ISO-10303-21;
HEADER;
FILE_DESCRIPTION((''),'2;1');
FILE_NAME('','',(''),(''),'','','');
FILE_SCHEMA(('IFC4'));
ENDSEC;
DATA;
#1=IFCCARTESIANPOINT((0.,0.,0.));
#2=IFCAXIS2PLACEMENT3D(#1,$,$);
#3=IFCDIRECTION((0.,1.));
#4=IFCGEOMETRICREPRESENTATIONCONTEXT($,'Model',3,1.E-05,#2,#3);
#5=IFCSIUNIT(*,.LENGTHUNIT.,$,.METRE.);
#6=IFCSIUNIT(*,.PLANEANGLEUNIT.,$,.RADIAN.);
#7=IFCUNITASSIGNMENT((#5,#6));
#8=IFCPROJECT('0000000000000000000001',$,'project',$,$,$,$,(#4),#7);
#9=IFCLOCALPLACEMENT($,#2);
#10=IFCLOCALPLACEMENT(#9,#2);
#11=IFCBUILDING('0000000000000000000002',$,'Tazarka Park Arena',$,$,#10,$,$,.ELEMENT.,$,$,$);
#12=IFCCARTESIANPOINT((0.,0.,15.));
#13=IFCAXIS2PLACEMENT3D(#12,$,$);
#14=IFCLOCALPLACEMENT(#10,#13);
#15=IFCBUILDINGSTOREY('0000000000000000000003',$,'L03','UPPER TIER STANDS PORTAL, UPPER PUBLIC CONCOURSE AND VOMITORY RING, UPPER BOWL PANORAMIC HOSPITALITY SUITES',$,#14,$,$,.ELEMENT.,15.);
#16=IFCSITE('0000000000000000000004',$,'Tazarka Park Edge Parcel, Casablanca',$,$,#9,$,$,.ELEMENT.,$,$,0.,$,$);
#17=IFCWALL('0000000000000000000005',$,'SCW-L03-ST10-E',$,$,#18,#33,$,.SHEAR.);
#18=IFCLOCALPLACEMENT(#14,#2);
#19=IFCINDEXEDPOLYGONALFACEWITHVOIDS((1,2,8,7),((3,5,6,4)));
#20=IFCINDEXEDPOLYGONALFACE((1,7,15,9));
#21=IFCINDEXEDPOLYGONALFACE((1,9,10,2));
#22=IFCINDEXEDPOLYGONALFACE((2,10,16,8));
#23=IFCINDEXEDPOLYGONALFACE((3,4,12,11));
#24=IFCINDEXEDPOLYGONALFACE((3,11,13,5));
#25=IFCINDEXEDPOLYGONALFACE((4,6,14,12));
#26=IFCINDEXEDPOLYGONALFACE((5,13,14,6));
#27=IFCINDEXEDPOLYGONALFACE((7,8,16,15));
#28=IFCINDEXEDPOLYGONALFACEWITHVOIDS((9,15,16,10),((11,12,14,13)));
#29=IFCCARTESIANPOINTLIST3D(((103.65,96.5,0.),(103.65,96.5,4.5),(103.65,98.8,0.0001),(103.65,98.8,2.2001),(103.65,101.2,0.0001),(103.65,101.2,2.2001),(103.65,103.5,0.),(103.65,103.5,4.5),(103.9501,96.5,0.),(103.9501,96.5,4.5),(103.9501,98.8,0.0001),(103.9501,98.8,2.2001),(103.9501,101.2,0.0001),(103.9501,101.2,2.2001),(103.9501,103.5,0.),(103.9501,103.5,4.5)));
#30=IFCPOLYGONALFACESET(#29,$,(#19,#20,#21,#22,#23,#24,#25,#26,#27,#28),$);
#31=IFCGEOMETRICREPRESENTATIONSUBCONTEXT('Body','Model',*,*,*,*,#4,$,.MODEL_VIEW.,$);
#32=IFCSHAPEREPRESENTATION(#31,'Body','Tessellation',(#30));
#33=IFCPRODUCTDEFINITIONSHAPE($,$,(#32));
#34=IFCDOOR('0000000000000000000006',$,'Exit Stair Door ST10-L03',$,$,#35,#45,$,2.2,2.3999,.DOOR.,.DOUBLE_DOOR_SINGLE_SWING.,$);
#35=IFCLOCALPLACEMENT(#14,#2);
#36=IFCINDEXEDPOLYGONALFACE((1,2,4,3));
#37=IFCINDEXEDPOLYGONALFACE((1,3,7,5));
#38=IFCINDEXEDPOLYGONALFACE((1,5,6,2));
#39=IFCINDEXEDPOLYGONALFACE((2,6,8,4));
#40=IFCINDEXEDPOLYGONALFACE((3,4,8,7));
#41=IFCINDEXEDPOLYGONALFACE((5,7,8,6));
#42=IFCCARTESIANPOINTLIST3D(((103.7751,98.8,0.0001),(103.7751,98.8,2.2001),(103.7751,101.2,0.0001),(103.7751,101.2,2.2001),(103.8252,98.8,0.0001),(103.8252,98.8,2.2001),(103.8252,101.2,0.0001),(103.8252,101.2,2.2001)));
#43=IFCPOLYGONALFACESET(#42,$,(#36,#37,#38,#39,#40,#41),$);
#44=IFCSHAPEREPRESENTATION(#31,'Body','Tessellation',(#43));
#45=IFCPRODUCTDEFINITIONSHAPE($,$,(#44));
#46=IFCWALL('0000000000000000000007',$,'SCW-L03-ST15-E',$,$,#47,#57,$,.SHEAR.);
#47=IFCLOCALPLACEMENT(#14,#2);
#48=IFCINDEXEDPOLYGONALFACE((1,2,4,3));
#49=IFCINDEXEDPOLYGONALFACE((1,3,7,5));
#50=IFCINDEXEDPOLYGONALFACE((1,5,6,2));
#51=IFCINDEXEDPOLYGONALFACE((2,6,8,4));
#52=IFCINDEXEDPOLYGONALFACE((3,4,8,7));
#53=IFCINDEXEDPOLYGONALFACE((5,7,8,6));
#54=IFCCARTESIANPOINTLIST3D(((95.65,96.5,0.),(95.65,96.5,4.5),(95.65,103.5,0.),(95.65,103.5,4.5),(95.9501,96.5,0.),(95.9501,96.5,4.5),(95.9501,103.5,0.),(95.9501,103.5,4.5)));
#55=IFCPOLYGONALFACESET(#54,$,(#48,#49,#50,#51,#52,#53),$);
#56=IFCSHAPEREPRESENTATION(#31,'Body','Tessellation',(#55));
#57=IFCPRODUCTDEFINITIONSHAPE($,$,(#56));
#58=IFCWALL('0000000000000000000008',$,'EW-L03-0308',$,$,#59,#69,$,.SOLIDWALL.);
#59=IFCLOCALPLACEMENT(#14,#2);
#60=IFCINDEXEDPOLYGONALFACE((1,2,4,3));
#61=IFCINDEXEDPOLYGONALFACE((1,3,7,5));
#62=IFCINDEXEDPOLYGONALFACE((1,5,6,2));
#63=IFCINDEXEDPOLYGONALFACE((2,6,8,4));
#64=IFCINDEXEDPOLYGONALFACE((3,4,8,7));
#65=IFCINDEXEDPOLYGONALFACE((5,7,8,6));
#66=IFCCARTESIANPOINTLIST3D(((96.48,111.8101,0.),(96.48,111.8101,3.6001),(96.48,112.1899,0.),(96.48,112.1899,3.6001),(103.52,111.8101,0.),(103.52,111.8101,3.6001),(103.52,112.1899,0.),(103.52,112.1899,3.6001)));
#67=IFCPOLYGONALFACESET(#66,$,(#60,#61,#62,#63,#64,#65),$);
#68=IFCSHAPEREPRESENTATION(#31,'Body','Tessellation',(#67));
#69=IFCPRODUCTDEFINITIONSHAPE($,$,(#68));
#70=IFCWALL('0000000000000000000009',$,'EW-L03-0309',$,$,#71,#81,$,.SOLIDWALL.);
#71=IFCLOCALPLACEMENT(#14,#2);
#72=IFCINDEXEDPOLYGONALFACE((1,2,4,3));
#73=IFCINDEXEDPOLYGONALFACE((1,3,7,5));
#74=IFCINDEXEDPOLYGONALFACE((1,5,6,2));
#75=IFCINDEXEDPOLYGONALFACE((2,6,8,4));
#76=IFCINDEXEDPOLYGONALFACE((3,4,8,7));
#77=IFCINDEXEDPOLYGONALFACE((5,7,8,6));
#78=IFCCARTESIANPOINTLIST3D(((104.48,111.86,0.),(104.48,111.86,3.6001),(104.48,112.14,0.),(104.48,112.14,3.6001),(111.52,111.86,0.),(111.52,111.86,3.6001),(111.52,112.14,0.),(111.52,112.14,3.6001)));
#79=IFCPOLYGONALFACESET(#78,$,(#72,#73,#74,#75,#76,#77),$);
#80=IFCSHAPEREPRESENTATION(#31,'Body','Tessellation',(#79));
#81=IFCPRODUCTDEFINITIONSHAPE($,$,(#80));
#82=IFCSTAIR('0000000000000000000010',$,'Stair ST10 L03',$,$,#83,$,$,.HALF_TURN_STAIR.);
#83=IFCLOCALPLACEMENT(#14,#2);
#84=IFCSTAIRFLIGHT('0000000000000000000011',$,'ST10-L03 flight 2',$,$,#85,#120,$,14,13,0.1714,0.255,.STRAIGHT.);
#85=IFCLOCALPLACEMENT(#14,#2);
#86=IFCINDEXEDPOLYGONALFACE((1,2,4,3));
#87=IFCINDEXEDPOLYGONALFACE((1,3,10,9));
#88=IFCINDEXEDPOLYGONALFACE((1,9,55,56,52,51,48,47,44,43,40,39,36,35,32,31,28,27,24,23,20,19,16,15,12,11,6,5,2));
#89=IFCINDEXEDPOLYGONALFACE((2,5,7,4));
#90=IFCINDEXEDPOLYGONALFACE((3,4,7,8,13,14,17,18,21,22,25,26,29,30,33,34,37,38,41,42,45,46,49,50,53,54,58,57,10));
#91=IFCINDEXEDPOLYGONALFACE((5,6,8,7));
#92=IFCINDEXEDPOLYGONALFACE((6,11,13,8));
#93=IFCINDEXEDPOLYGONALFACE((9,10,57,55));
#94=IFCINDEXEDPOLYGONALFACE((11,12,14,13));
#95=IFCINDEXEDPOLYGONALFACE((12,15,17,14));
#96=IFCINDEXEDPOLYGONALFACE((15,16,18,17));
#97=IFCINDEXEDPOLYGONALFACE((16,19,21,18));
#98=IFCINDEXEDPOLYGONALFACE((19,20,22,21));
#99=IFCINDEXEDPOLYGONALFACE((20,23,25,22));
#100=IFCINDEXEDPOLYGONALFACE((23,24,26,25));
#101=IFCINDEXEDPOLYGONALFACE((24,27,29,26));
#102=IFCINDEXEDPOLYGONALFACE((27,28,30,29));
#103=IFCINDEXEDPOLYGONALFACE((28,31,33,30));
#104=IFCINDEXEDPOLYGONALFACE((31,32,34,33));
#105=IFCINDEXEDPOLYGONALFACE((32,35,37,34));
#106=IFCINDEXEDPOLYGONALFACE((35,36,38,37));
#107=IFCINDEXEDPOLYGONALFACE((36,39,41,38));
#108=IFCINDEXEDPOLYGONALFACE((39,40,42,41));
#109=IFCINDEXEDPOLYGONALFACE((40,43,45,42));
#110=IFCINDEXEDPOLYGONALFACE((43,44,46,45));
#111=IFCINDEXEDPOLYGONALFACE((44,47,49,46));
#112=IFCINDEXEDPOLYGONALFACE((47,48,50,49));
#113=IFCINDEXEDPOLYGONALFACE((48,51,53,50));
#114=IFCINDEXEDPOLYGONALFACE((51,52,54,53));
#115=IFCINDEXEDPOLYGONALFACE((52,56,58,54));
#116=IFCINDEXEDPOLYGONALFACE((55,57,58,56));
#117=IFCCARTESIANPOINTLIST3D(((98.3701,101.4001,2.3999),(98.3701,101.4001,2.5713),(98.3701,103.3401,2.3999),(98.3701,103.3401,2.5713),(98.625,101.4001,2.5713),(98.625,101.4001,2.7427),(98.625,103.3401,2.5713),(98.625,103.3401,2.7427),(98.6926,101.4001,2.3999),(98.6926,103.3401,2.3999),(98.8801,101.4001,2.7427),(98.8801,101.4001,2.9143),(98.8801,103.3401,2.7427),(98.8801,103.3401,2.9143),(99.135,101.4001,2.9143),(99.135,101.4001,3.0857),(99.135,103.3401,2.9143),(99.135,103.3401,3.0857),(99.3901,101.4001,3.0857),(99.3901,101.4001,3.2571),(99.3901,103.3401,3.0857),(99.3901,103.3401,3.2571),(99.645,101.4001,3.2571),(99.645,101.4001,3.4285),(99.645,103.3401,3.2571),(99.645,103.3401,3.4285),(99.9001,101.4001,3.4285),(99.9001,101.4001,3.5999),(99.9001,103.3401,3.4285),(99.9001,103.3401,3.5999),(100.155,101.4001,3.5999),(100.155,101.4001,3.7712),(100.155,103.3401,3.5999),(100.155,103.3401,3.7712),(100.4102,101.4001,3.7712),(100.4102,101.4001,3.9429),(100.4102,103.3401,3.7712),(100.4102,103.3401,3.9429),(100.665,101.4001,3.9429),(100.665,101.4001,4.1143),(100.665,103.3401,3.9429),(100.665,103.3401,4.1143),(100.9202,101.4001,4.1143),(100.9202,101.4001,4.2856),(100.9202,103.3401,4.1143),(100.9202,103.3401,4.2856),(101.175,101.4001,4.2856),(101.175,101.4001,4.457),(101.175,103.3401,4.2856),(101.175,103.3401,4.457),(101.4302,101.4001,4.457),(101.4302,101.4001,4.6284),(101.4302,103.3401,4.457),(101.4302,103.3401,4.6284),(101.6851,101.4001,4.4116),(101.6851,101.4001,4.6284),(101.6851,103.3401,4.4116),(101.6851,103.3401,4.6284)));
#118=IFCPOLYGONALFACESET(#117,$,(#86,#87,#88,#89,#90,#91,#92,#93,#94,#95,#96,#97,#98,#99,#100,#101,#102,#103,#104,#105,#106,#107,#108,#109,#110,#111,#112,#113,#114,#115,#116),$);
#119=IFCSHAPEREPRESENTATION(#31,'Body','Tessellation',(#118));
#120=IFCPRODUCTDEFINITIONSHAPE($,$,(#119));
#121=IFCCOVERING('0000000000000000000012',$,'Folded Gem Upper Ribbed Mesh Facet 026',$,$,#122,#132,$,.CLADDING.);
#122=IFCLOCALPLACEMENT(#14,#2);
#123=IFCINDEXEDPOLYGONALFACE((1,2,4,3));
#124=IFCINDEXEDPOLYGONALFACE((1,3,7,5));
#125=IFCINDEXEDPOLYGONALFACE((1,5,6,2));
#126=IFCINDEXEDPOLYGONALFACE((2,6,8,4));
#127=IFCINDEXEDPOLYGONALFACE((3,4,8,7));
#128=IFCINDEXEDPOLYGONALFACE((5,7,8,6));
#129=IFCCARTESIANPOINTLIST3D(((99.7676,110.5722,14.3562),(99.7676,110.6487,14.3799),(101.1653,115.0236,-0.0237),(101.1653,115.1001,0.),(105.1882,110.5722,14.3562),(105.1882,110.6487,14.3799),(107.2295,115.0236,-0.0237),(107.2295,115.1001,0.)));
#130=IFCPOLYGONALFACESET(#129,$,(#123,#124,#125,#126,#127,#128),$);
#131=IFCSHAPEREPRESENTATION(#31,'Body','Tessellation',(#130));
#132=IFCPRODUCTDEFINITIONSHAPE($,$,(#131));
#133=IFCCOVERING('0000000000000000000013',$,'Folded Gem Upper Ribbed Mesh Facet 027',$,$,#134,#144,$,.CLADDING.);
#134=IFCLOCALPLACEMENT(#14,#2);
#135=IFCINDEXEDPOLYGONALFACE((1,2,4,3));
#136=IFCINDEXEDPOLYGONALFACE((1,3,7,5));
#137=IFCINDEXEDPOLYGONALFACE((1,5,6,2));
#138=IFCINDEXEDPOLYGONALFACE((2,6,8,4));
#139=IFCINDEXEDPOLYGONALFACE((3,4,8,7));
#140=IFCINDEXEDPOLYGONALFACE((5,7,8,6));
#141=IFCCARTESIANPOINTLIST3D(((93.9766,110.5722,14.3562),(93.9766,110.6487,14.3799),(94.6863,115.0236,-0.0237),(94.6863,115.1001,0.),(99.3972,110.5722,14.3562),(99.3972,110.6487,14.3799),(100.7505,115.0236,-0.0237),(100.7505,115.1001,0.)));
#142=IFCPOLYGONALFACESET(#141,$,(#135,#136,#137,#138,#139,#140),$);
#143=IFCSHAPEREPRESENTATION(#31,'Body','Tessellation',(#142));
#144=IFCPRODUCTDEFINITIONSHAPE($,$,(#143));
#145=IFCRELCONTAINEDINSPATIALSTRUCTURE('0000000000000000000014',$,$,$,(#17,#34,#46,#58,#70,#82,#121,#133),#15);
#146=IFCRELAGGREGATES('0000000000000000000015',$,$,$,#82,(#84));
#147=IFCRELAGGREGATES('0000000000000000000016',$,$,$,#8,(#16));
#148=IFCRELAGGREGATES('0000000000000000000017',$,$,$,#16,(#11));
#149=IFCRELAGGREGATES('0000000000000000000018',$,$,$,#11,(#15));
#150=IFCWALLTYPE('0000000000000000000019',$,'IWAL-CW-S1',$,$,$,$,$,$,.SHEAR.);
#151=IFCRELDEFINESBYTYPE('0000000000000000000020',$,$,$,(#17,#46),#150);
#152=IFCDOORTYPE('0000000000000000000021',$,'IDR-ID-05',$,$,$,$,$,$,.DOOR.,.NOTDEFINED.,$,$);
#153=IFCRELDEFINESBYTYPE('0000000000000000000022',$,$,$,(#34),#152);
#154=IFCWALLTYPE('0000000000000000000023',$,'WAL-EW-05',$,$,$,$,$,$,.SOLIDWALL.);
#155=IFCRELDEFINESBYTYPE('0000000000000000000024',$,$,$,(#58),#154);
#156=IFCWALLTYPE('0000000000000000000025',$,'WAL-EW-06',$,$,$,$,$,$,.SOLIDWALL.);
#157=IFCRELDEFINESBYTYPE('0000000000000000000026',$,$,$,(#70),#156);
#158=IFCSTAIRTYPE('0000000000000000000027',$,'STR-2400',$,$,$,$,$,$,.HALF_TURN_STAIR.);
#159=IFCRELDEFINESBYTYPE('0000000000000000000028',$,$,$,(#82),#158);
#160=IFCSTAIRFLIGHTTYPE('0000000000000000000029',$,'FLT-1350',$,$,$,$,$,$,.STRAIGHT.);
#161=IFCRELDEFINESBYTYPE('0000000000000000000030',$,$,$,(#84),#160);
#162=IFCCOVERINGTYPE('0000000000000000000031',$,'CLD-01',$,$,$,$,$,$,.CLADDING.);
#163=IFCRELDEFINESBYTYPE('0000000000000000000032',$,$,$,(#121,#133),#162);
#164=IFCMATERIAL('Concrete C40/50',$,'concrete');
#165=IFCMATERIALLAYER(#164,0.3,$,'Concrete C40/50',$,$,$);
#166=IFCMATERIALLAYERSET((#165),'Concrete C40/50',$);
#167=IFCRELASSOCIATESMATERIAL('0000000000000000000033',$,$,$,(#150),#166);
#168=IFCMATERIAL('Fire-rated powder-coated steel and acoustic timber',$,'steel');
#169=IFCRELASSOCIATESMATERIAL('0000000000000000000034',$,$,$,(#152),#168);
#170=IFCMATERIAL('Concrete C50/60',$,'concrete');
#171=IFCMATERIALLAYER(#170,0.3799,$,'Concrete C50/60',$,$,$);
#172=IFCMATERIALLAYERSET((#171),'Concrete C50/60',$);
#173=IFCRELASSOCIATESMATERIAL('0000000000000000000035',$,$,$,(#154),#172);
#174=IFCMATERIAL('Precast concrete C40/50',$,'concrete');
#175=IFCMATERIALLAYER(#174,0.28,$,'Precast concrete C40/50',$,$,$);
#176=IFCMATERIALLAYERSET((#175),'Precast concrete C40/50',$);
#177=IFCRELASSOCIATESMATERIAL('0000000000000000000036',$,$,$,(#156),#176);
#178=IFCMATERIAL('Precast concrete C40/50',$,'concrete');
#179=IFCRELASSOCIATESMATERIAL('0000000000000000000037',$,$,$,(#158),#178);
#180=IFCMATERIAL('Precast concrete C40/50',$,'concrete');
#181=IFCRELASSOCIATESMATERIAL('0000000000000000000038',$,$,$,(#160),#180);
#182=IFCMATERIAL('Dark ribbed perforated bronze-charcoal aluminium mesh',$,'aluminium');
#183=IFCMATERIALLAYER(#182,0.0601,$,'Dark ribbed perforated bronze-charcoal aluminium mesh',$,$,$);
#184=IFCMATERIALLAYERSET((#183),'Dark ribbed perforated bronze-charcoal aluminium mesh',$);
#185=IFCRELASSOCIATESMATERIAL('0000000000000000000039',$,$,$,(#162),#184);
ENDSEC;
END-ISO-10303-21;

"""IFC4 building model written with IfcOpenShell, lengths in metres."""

from ifc_helpers import new_model, si_unit, direction, frame, frame_2d, origin, place, context, subcontext, project, spatial, polyline, rectangle, outline, extrude, material, layer, layer_set, type_object, element, fill, aggregate, save


model = new_model("IFC4")

# Units and contexts
model_context = context("Model", 3, precision=1e-05, world=origin(), true_north=direction((0.0, 1.0)))
body_context = subcontext(model_context, "Body", "Model", "MODEL_VIEW")
ifc_project = project(units=[si_unit("LENGTHUNIT", "METRE"), si_unit("PLANEANGLEUNIT", "RADIAN")], contexts=[model_context])

# Site, building, storey
site_placement = place(None, origin())
site = spatial("IfcSite", under=ifc_project, at=site_placement, Name="Tazarka Park Edge Parcel, Casablanca", CompositionType="ELEMENT", RefElevation=0.0)
building_placement = place(site_placement, origin())
building = spatial("IfcBuilding", under=site, at=building_placement, Name="Tazarka Park Arena", CompositionType="ELEMENT")
storey_placement = place(building_placement, frame((0.0, 0.0, 15.0)))
storey = spatial("IfcBuildingStorey", under=building, at=storey_placement, Name="L03", Description="UPPER TIER STANDS PORTAL, UPPER PUBLIC CONCOURSE AND VOMITORY RING, UPPER BOWL PANORAMIC HOSPITALITY SUITES", CompositionType="ELEMENT", Elevation=15.0)

# Shared definitions
ifc_material_1 = material(Name="Concrete C40/50", Category="concrete")
ifc_layer_1 = layer(ifc_material_1, 0.3, Name="Concrete C40/50")
ifc_layer_set_1 = layer_set([ifc_layer_1], Name="Concrete C40/50")
wall_type_1 = type_object("IfcWallType", Name="IWAL-CW-S1", PredefinedType="SHEAR", material=ifc_layer_set_1)

# Wall, opening, door
wall_1_placement = place(storey_placement, frame((103.8, 103.5, 0.0), z_axis=(0.0, 0.0, 1.0), x_axis=(0.0, -1.0, 0.0)))
wall_1 = element("IfcWall", 1, at=wall_1_placement, inside=storey, type_object=wall_type_1, Name="SCW-L03-ST10-E", PredefinedType="SHEAR", context=body_context, shape_type="SweptSolid", body=[
    extrude(rectangle(XDim=7.0, YDim=0.3, at=frame_2d((3.5, 0.0))), origin(), (0.0, 0.0, 1.0), 4.5),
])
opening_placement = place(wall_1_placement, frame((2.3, 0.0, 0.0)))
opening = element("IfcOpeningElement", 2, at=opening_placement, cuts=wall_1, PredefinedType="OPENING", context=body_context, shape_type="SweptSolid", body=[
    extrude(rectangle(XDim=2.3999, YDim=2.2, at=frame_2d((1.2, 1.1001))), frame((0.0, 0.1602, 0.0), z_axis=(0.0, -1.0, 0.0), x_axis=(1.0, 0.0, 0.0)), (0.0, 0.0, 1.0), 0.3201),
])
ifc_material_2 = material(Name="Fire-rated powder-coated steel and acoustic timber", Category="steel")
door_type = type_object("IfcDoorType", Name="IDR-ID-05", OperationType="NOTDEFINED", PredefinedType="DOOR", material=ifc_material_2)
door_placement = place(opening_placement, frame((2.3999, 0.0, 0.0), z_axis=(0.0, 0.0, 1.0), x_axis=(-1.0, 0.0, 0.0)))
door = element("IfcDoor", 3, at=door_placement, inside=storey, type_object=door_type, Name="Exit Stair Door ST10-L03", OperationType="DOUBLE_DOOR_SINGLE_SWING", OverallHeight=2.2, OverallWidth=2.3999, PredefinedType="DOOR", context=body_context, shape_type="SweptSolid", body=[
    extrude(rectangle(XDim=2.3999, YDim=2.2, at=frame_2d((1.2, 1.1001))), frame((0.0, 0.0249, 0.0), z_axis=(0.0, -1.0, 0.0), x_axis=(1.0, 0.0, 0.0)), (0.0, 0.0, 1.0), 0.05),
])
fill(opening, door)

# Walls
wall_2_placement = place(storey_placement, frame((95.8, 103.5, 0.0), z_axis=(0.0, 0.0, 1.0), x_axis=(0.0, -1.0, 0.0)))
element("IfcWall", 4, at=wall_2_placement, inside=storey, type_object=wall_type_1, Name="SCW-L03-ST15-E", PredefinedType="SHEAR", context=body_context, shape_type="SweptSolid", body=[
    extrude(rectangle(XDim=7.0, YDim=0.3, at=frame_2d((3.5, 0.0))), origin(), (0.0, 0.0, 1.0), 4.5),
])
ifc_material_3 = material(Name="Concrete C50/60", Category="concrete")
ifc_layer_2 = layer(ifc_material_3, 0.3799, Name="Concrete C50/60")
ifc_layer_set_2 = layer_set([ifc_layer_2], Name="Concrete C50/60")
wall_type_2 = type_object("IfcWallType", Name="WAL-EW-05", PredefinedType="SOLIDWALL", material=ifc_layer_set_2)
wall_3_placement = place(storey_placement, frame((96.48, 112.0, 0.0), z_axis=(0.0, 0.0, 1.0), x_axis=(1.0, 0.0, 0.0)))
element("IfcWall", 5, at=wall_3_placement, inside=storey, type_object=wall_type_2, Name="EW-L03-0308", PredefinedType="SOLIDWALL", context=body_context, shape_type="SweptSolid", body=[
    extrude(rectangle(XDim=7.04, YDim=0.3799, at=frame_2d((3.52, 0.0))), origin(), (0.0, 0.0, 1.0), 3.6001),
])
ifc_material_4 = material(Name="Precast concrete C40/50", Category="concrete")
ifc_layer_3 = layer(ifc_material_4, 0.28, Name="Precast concrete C40/50")
ifc_layer_set_3 = layer_set([ifc_layer_3], Name="Precast concrete C40/50")
wall_type_3 = type_object("IfcWallType", Name="WAL-EW-06", PredefinedType="SOLIDWALL", material=ifc_layer_set_3)
wall_4_placement = place(storey_placement, frame((104.48, 112.0, 0.0), z_axis=(0.0, 0.0, 1.0), x_axis=(1.0, 0.0, 0.0)))
element("IfcWall", 6, at=wall_4_placement, inside=storey, type_object=wall_type_3, Name="EW-L03-0309", PredefinedType="SOLIDWALL", context=body_context, shape_type="SweptSolid", body=[
    extrude(rectangle(XDim=7.04, YDim=0.28, at=frame_2d((3.52, 0.0))), origin(), (0.0, 0.0, 1.0), 3.6001),
])

# Stair, stair flight
ifc_material_5 = material(Name="Precast concrete C40/50", Category="concrete")
stair_type = type_object("IfcStairType", Name="STR-2400", PredefinedType="HALF_TURN_STAIR", material=ifc_material_5)
stair_placement = place(storey_placement, origin())
stair = element("IfcStair", 7, at=stair_placement, inside=storey, type_object=stair_type, Name="Stair ST10 L03", PredefinedType="HALF_TURN_STAIR")
ifc_material_6 = material(Name="Precast concrete C40/50", Category="concrete")
stair_flight_type = type_object("IfcStairFlightType", Name="FLT-1350", PredefinedType="STRAIGHT", material=ifc_material_6)
stair_flight_placement = place(storey_placement, frame((98.3701, 102.3701, 2.3999), z_axis=(0.0, 0.0, 1.0), x_axis=(1.0, 0.0, 0.0)))
stair_flight = element("IfcStairFlight", 8, at=stair_flight_placement, type_object=stair_flight_type, Name="ST10-L03 flight 2", NumberOfRisers=14, NumberOfTreads=13, PredefinedType="STRAIGHT", RiserHeight=0.1714, TreadLength=0.255, context=body_context, shape_type="SweptSolid", body=[
    extrude(outline(polyline([(0.0, 0.0), (0.0, 0.1714), (0.2549, 0.1714), (0.2549, 0.3428), (0.51, 0.3428), (0.51, 0.5144), (0.7649, 0.5144), (0.7649, 0.6858), (1.02, 0.6858), (1.02, 0.8572), (1.2749, 0.8572), (1.2749, 1.0286), (1.53, 1.0286), (1.53, 1.2), (1.7849, 1.2), (1.7849, 1.3713), (2.04, 1.3713), (2.04, 1.543), (2.2949, 1.543), (2.2949, 1.7144), (2.55, 1.7144), (2.55, 1.8857), (2.8049, 1.8857), (2.8049, 2.0571), (3.0601, 2.0571), (3.0601, 2.2285), (3.3149, 2.2285), (3.3149, 2.3999), (3.3149, 2.0117), (0.3225, 0.0), (0.0, 0.0)])), frame((0.0, 0.97, 0.0), z_axis=(0.0, -1.0, 0.0), x_axis=(1.0, 0.0, 0.0)), (0.0, 0.0, 1.0), 1.9399),
])
aggregate(stair, [stair_flight])

# Coverings
ifc_material_7 = material(Name="Dark ribbed perforated bronze-charcoal aluminium mesh", Category="aluminium")
ifc_layer_4 = layer(ifc_material_7, 0.0601, Name="Dark ribbed perforated bronze-charcoal aluminium mesh")
ifc_layer_set_4 = layer_set([ifc_layer_4], Name="Dark ribbed perforated bronze-charcoal aluminium mesh")
covering_type = type_object("IfcCoveringType", Name="CLD-01", PredefinedType="CLADDING", material=ifc_layer_set_4)
covering_1_placement = place(storey_placement, frame((107.2295, 115.1001, 0.0), z_axis=(0.0, 0.955277, 0.295714), x_axis=(-1.0, 0.0, 0.0)))
element("IfcCovering", 9, at=covering_1_placement, inside=storey, type_object=covering_type, Name="Folded Gem Upper Ribbed Mesh Facet 026", PredefinedType="CLADDING", context=body_context, shape_type="SweptSolid", body=[
    extrude(outline(polyline([(0.0, 0.0), (6.0642, 0.0), (7.4619, 15.0531), (2.0413, 15.0531), (0.0, 0.0)])), origin(), (0.0, 0.0, -1.0), 0.0801),
])
covering_2_placement = place(storey_placement, frame((100.7505, 115.1001, 0.0), z_axis=(0.0, 0.955277, 0.295714), x_axis=(-1.0, 0.0, 0.0)))
element("IfcCovering", 10, at=covering_2_placement, inside=storey, type_object=covering_type, Name="Folded Gem Upper Ribbed Mesh Facet 027", PredefinedType="CLADDING", context=body_context, shape_type="SweptSolid", body=[
    extrude(outline(polyline([(0.0, 0.0), (6.0642, 0.0), (6.7739, 15.0531), (1.3533, 15.0531), (0.0, 0.0)])), origin(), (0.0, 0.0, -1.0), 0.0801),
])

save(model, "model.ifc")
